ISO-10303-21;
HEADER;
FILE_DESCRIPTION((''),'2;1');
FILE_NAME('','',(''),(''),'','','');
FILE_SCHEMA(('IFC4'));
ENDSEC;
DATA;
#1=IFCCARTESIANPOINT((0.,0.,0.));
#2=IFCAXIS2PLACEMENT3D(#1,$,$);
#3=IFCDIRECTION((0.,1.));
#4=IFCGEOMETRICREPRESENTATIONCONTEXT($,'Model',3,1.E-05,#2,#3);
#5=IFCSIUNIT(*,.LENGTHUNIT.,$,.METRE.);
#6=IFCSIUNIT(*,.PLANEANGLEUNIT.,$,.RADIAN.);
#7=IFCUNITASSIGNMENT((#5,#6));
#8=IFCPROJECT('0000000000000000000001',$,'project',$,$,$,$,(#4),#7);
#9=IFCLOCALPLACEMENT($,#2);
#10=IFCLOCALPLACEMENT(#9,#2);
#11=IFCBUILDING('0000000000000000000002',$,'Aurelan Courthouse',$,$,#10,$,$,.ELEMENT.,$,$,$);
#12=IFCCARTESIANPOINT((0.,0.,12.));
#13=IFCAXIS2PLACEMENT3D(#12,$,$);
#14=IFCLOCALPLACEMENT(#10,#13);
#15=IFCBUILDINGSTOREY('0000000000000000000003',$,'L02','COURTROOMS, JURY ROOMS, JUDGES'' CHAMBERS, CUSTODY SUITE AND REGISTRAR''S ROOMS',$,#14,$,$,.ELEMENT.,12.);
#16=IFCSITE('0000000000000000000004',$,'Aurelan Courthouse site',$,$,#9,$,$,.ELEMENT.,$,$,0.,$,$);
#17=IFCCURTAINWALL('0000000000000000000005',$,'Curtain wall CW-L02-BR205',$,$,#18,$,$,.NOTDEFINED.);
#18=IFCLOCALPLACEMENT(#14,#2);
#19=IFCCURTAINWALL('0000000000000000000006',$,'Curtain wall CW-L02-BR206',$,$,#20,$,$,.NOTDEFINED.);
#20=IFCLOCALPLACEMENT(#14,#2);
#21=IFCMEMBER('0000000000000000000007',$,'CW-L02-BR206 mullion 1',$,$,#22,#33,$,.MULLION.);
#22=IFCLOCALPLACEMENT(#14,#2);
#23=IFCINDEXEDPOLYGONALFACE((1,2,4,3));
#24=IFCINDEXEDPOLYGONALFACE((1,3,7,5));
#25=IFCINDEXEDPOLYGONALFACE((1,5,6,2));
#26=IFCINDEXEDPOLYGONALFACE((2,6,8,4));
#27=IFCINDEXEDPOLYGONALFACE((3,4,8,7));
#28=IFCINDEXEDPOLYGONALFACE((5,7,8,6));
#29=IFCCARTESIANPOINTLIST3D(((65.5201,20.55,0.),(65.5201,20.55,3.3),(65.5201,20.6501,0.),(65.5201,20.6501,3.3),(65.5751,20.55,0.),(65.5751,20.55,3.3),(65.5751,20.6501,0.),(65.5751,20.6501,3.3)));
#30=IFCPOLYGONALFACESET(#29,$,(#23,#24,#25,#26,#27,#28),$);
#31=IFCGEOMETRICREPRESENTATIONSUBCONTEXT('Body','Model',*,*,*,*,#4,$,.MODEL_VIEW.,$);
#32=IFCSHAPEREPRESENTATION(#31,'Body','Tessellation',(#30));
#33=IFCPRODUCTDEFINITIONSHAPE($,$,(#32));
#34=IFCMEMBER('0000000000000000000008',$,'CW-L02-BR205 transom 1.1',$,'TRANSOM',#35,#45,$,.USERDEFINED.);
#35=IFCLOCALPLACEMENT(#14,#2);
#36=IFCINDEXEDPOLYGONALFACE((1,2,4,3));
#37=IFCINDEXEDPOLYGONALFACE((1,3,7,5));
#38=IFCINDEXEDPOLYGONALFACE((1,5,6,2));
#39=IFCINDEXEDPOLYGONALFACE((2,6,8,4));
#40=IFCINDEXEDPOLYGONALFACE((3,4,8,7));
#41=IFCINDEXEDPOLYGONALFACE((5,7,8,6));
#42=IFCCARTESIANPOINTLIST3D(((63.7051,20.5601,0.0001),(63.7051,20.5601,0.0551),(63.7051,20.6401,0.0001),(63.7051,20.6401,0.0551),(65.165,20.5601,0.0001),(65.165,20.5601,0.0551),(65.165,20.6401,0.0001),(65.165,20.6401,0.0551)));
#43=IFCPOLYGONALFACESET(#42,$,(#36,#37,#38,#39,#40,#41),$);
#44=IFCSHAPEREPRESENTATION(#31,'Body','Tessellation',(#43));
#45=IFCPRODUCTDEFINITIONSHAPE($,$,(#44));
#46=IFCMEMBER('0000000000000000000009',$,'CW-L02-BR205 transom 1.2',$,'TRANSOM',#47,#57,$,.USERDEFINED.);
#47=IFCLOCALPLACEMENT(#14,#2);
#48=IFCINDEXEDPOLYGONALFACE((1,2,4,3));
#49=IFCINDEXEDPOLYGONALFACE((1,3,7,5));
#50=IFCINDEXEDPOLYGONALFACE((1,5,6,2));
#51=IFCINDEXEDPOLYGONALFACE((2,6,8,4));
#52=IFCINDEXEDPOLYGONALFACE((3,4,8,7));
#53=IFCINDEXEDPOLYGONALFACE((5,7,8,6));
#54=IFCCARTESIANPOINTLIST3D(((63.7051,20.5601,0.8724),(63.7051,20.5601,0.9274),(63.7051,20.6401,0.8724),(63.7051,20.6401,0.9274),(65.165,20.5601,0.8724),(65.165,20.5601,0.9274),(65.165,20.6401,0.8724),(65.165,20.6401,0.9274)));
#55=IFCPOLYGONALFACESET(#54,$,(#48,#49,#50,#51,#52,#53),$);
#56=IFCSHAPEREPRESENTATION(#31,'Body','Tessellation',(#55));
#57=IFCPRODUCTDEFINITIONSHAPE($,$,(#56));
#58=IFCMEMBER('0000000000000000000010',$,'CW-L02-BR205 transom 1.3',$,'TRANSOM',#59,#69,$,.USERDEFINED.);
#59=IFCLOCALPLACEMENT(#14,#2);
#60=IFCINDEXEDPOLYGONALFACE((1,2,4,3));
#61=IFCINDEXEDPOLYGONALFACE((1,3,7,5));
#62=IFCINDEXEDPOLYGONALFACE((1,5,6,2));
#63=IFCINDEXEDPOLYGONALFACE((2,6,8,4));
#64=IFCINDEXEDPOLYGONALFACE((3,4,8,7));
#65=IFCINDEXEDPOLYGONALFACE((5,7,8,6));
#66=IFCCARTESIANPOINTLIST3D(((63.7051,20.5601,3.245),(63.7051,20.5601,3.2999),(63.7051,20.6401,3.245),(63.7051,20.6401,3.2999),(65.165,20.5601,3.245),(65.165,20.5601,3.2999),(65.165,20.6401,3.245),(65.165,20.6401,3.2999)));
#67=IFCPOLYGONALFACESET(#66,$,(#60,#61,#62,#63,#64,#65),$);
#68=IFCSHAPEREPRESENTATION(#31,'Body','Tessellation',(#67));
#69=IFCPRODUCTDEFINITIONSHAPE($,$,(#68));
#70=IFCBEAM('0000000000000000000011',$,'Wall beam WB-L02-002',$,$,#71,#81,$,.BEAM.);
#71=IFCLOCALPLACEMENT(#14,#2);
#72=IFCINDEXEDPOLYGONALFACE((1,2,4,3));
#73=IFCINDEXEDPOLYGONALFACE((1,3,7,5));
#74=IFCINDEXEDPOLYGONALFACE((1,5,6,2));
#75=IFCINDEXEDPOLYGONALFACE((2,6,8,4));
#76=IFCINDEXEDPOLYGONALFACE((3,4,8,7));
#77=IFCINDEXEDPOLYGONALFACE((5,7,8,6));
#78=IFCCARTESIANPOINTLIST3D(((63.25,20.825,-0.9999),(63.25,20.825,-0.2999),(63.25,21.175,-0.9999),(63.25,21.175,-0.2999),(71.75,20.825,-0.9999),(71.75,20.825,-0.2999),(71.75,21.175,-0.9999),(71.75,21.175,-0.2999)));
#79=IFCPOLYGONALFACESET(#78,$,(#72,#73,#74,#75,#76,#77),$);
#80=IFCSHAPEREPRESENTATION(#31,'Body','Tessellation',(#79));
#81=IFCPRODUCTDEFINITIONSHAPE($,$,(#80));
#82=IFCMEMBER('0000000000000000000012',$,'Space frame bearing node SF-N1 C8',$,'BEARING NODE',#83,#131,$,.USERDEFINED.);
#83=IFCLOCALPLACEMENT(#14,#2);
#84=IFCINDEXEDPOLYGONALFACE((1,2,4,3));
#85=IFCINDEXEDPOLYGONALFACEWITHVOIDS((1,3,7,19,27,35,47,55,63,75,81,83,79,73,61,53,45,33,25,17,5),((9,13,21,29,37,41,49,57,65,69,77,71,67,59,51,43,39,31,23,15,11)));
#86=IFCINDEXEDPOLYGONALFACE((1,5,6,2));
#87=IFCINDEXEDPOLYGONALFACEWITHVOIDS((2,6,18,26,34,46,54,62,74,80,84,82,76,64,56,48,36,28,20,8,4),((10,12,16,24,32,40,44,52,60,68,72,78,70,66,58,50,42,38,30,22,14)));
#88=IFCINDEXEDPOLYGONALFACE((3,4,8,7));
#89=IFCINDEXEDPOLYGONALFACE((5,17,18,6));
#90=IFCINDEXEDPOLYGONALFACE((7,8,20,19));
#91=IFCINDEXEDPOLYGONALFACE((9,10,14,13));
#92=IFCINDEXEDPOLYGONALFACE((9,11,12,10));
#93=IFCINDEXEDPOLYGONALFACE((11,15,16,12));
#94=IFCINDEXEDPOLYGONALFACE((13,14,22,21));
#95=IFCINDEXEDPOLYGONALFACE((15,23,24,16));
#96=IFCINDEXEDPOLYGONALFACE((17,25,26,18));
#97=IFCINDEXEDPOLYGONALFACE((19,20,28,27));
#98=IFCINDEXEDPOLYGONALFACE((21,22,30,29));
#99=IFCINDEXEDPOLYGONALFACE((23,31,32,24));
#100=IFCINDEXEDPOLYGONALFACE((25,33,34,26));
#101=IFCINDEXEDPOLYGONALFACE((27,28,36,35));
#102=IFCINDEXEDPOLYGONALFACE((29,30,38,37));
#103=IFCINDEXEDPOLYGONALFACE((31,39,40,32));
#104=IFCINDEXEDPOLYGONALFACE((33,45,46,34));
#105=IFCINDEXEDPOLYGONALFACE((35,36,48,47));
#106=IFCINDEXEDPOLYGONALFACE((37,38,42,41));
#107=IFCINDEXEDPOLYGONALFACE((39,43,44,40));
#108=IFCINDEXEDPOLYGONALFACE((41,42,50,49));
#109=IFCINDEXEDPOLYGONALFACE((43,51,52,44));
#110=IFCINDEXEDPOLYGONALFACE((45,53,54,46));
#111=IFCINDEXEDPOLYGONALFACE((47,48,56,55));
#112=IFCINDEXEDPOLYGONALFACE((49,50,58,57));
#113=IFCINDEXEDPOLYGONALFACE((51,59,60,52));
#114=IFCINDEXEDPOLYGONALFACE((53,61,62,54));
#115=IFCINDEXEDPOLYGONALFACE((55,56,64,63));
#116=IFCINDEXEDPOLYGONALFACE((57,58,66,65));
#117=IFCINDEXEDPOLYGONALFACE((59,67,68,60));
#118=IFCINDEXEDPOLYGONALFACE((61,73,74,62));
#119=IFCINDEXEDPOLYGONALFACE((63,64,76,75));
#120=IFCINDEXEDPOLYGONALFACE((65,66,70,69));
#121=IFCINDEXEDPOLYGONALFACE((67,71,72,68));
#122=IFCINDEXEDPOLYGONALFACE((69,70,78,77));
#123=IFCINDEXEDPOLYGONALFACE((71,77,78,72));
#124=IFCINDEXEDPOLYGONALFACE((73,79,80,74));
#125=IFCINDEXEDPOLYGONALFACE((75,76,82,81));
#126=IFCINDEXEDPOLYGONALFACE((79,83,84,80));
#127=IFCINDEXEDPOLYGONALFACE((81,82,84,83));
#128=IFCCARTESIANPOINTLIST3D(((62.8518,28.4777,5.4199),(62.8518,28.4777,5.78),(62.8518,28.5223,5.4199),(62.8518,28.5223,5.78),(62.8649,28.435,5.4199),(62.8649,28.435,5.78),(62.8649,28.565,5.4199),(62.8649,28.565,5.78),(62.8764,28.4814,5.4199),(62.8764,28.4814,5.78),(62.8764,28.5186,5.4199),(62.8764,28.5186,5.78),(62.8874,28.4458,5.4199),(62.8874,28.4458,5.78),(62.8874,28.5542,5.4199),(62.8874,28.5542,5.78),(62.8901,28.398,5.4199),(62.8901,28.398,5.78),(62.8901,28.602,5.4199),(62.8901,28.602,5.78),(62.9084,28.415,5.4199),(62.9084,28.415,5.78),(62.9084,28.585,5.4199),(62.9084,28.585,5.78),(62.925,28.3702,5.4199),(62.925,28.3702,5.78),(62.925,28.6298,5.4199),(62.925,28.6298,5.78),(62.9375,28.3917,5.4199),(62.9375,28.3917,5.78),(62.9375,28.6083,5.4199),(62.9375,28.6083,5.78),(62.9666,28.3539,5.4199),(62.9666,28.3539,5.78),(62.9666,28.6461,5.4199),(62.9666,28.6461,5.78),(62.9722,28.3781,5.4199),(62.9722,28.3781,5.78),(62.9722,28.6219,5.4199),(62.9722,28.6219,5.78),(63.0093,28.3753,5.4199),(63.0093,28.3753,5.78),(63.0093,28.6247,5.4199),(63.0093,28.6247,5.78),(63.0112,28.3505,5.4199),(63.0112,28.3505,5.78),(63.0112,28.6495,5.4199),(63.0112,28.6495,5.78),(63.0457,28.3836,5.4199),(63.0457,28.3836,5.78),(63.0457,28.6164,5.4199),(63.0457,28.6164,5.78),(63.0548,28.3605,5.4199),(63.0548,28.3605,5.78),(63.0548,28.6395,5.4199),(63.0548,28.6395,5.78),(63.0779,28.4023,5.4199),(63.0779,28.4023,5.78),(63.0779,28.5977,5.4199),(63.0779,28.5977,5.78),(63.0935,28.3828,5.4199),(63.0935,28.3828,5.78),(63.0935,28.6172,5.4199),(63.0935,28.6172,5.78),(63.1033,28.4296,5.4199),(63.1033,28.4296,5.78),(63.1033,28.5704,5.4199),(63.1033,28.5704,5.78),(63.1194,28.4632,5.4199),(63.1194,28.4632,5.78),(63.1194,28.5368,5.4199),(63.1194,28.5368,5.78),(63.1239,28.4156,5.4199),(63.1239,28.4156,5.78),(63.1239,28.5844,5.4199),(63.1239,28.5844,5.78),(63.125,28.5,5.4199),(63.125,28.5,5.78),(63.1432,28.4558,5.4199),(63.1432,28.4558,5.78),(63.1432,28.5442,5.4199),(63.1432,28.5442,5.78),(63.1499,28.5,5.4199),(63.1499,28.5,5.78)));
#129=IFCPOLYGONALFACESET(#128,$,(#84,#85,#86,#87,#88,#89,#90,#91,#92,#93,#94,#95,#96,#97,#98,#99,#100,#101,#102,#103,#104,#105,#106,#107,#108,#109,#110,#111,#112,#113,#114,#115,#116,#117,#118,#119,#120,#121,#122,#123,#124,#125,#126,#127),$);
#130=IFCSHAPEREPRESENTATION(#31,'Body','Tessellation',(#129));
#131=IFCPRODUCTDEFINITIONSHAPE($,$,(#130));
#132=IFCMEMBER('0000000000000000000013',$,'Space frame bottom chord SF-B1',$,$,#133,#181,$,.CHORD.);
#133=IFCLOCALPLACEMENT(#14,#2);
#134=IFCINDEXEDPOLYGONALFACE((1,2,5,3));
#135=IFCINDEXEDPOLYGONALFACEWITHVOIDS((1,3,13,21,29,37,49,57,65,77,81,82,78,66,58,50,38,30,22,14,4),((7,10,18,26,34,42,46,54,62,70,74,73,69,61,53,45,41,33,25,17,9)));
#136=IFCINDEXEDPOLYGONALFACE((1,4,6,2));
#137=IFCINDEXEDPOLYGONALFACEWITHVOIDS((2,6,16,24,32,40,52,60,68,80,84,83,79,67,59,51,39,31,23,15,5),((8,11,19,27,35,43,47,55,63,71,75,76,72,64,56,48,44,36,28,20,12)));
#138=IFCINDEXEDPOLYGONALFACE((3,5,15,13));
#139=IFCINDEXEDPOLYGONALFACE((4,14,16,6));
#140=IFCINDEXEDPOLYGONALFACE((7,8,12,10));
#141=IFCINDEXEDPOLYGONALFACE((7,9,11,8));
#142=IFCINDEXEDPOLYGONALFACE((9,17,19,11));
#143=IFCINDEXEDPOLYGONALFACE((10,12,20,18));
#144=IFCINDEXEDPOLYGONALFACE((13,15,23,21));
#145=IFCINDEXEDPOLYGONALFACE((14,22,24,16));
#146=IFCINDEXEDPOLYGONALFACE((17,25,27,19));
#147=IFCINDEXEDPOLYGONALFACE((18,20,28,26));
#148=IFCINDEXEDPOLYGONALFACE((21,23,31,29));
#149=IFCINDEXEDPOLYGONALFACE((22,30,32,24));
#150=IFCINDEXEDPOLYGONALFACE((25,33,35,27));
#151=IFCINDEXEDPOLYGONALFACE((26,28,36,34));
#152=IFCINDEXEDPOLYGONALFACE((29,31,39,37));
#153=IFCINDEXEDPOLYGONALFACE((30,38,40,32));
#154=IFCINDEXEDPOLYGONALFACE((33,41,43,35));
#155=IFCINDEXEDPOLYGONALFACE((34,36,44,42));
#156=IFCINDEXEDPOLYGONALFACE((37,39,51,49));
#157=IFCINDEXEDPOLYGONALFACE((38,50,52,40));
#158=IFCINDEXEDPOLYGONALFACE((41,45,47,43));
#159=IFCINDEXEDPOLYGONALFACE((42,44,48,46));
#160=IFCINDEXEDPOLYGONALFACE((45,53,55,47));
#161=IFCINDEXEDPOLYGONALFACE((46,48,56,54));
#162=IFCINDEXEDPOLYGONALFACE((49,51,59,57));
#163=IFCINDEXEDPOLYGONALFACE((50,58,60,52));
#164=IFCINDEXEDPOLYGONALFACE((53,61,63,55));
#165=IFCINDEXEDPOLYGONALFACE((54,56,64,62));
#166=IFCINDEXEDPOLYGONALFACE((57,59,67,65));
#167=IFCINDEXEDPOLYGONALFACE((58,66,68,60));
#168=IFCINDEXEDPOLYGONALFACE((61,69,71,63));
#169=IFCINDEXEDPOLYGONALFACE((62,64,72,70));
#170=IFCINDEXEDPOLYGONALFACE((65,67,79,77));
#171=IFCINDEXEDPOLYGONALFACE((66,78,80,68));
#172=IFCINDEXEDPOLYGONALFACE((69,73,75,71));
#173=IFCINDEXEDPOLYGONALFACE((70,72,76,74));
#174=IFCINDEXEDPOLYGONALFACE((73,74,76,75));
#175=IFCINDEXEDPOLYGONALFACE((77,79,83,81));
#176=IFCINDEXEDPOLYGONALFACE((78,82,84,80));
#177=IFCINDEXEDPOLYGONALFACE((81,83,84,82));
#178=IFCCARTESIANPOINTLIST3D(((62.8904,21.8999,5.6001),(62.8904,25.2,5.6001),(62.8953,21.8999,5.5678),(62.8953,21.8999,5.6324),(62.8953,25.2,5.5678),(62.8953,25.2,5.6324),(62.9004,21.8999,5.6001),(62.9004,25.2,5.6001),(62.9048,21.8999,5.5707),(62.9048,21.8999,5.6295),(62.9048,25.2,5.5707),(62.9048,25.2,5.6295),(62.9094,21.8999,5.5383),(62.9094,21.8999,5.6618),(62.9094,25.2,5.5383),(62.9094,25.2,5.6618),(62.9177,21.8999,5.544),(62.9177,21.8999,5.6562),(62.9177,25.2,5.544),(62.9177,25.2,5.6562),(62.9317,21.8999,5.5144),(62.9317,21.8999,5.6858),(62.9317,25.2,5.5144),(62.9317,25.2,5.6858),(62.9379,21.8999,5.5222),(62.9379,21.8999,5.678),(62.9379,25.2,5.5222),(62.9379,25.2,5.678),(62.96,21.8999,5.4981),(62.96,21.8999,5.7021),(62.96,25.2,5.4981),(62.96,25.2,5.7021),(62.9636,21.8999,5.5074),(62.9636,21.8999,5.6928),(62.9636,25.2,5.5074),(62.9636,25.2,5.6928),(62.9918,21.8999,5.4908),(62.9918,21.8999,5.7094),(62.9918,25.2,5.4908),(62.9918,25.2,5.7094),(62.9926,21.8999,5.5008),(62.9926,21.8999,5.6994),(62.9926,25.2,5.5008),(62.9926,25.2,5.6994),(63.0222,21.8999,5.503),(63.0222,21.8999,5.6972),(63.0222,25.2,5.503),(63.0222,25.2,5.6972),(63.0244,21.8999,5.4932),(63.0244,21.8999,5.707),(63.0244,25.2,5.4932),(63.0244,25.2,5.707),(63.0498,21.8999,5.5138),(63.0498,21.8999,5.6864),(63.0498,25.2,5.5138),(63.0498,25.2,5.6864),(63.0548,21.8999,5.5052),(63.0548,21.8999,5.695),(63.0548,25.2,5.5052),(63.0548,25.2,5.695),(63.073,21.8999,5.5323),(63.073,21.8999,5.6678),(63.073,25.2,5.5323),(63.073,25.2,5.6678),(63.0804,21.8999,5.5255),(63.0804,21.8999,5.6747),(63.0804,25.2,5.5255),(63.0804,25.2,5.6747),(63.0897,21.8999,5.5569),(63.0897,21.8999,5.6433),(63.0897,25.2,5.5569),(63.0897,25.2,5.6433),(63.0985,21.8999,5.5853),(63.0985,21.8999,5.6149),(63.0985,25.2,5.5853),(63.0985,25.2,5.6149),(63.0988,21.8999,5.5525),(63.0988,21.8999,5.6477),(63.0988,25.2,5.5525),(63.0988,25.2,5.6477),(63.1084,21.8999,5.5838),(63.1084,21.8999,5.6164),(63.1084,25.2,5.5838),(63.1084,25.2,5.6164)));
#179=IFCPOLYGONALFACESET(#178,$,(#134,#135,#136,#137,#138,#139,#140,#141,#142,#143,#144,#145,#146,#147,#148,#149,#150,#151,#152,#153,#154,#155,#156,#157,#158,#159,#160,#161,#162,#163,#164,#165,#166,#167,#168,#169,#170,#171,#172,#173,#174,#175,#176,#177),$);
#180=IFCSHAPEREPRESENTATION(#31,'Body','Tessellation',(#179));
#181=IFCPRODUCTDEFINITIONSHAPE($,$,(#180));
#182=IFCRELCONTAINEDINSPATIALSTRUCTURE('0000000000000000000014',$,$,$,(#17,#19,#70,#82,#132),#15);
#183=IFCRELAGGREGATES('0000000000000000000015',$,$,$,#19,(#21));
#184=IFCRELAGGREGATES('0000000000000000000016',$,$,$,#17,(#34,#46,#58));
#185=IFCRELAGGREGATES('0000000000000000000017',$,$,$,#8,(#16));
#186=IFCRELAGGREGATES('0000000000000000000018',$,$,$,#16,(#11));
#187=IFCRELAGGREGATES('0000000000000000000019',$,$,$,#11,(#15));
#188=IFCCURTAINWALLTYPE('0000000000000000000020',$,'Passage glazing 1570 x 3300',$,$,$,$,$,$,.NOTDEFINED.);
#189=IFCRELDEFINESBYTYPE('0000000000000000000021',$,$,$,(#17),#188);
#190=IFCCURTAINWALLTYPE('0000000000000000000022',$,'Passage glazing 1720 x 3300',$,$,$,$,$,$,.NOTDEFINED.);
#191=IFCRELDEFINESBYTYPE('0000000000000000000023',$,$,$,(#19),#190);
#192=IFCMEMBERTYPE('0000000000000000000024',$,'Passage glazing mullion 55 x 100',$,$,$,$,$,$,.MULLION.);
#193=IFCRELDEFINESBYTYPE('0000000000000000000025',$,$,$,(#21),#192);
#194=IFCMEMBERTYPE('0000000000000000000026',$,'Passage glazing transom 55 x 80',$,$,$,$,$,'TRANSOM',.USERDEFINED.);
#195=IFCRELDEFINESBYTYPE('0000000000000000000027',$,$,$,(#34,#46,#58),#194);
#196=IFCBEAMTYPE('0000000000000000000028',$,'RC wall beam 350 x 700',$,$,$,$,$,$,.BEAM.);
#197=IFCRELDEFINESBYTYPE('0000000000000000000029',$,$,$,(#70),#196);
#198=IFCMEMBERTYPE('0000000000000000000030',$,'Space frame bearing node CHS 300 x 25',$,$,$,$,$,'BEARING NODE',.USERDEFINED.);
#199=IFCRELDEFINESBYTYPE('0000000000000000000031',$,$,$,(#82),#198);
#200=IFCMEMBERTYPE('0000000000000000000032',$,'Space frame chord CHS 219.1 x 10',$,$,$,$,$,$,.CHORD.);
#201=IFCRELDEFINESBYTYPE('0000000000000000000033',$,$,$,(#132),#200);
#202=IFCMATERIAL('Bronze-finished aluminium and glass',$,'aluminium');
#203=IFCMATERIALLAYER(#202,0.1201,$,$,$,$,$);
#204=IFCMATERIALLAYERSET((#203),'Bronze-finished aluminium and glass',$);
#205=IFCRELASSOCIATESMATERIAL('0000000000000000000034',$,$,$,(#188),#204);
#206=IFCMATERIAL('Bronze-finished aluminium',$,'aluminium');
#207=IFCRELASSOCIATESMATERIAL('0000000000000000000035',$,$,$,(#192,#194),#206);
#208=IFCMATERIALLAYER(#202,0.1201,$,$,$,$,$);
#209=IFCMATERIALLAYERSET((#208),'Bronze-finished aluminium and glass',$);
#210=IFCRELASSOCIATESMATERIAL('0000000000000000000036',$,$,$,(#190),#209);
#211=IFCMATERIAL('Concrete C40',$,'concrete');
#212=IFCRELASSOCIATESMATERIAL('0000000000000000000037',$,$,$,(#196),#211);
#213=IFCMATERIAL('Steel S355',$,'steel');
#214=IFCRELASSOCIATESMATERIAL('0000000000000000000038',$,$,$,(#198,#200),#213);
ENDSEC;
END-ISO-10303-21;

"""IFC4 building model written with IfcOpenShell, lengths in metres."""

from ifc_helpers import new_model, si_unit, direction, frame, origin, origin_2d, place, context, subcontext, project, spatial, rectangle, hollow_circle, extrude, material, layer, layer_set, material_profile, profile_set, type_object, element, aggregate, save


model = new_model("IFC4")

# Units and contexts
model_context = context("Model", 3, precision=1e-05, world=origin(), true_north=direction((0.0, 1.0)))
body_context = subcontext(model_context, "Body", "Model", "MODEL_VIEW")
ifc_project = project(units=[si_unit("LENGTHUNIT", "METRE"), si_unit("PLANEANGLEUNIT", "RADIAN")], contexts=[model_context])

# Site, building, storey
site_placement = place(None, origin())
site = spatial("IfcSite", under=ifc_project, at=site_placement, Name="Aurelan Courthouse site", CompositionType="ELEMENT", RefElevation=0.0)
building_placement = place(site_placement, origin())
building = spatial("IfcBuilding", under=site, at=building_placement, Name="Aurelan Courthouse", CompositionType="ELEMENT")
storey_placement = place(building_placement, frame((0.0, 0.0, 12.0)))
storey = spatial("IfcBuildingStorey", under=building, at=storey_placement, Name="L02", Description="COURTROOMS, JURY ROOMS, JUDGES' CHAMBERS, CUSTODY SUITE AND REGISTRAR'S ROOMS", CompositionType="ELEMENT", Elevation=12.0)

# Shared definitions
ifc_material_1 = material(Name="Steel S355", Category="steel")

# Curtain wall
ifc_material_2 = material(Name="Bronze-finished aluminium and glass", Category="aluminium")
ifc_layer_1 = layer(ifc_material_2, 0.1201)
ifc_layer_set_1 = layer_set([ifc_layer_1], Name="Bronze-finished aluminium and glass")
curtain_wall_type_1 = type_object("IfcCurtainWallType", Name="Passage glazing 1570 x 3300", PredefinedType="NOTDEFINED", material=ifc_layer_set_1)
curtain_wall_1_placement = place(storey_placement, origin())
curtain_wall_1 = element("IfcCurtainWall", 1, at=curtain_wall_1_placement, inside=storey, type_object=curtain_wall_type_1, Name="Curtain wall CW-L02-BR205", PredefinedType="NOTDEFINED")
ifc_material_3 = material(Name="Bronze-finished aluminium", Category="aluminium")
ifc_material_profile_1 = material_profile(ifc_material_3, rectangle(XDim=0.1001, YDim=0.0549, at=origin_2d()), Name="Passage glazing mullion 55 x 100")
ifc_profile_set_1 = profile_set([ifc_material_profile_1], Name="Bronze-finished aluminium")
member_type_1 = type_object("IfcMemberType", Name="Passage glazing mullion 55 x 100", PredefinedType="MULLION", material=ifc_profile_set_1)

# Curtain wall, member
ifc_layer_2 = layer(ifc_material_2, 0.1201)
ifc_layer_set_2 = layer_set([ifc_layer_2], Name="Bronze-finished aluminium and glass")
curtain_wall_type_2 = type_object("IfcCurtainWallType", Name="Passage glazing 1720 x 3300", PredefinedType="NOTDEFINED", material=ifc_layer_set_2)
curtain_wall_2_placement = place(storey_placement, origin())
curtain_wall_2 = element("IfcCurtainWall", 2, at=curtain_wall_2_placement, inside=storey, type_object=curtain_wall_type_2, Name="Curtain wall CW-L02-BR206", PredefinedType="NOTDEFINED")
member_1_placement = place(storey_placement, frame((65.5476, 20.6001, 0.0), z_axis=(0.0, 0.0, 1.0), x_axis=(0.0, 1.0, 0.0)))
member_1 = element("IfcMember", 3, at=member_1_placement, type_object=member_type_1, Name="CW-L02-BR206 mullion 1", PredefinedType="MULLION", context=body_context, shape_type="SweptSolid", body=[
    extrude(rectangle(XDim=0.1001, YDim=0.0549, at=origin_2d()), origin(), (0.0, 0.0, 1.0), 3.3),
])
aggregate(curtain_wall_2, [member_1])

# Members
ifc_material_profile_2 = material_profile(ifc_material_3, rectangle(XDim=0.0801, YDim=0.0549, at=origin_2d()), Name="Passage glazing transom 55 x 80")
ifc_profile_set_2 = profile_set([ifc_material_profile_2], Name="Bronze-finished aluminium")
member_type_2 = type_object("IfcMemberType", Name="Passage glazing transom 55 x 80", ElementType="TRANSOM", PredefinedType="USERDEFINED", material=ifc_profile_set_2)
member_2_placement = place(storey_placement, frame((63.7051, 20.6001, 0.0276), z_axis=(1.0, 0.0, 0.0), x_axis=(0.0, 1.0, 0.0)))
member_2 = element("IfcMember", 4, at=member_2_placement, type_object=member_type_2, Name="CW-L02-BR205 transom 1.1", ObjectType="TRANSOM", PredefinedType="USERDEFINED", context=body_context, shape_type="SweptSolid", body=[
    extrude(rectangle(XDim=0.0801, YDim=0.0549, at=origin_2d()), origin(), (0.0, 0.0, 1.0), 1.46),
])
member_3_placement = place(storey_placement, frame((63.7051, 20.6001, 0.8999), z_axis=(1.0, 0.0, 0.0), x_axis=(0.0, 1.0, 0.0)))
member_3 = element("IfcMember", 5, at=member_3_placement, type_object=member_type_2, Name="CW-L02-BR205 transom 1.2", ObjectType="TRANSOM", PredefinedType="USERDEFINED", context=body_context, shape_type="SweptSolid", body=[
    extrude(rectangle(XDim=0.0801, YDim=0.0549, at=origin_2d()), origin(), (0.0, 0.0, 1.0), 1.46),
])
member_4_placement = place(storey_placement, frame((63.7051, 20.6001, 3.2725), z_axis=(1.0, 0.0, 0.0), x_axis=(0.0, 1.0, 0.0)))
member_4 = element("IfcMember", 6, at=member_4_placement, type_object=member_type_2, Name="CW-L02-BR205 transom 1.3", ObjectType="TRANSOM", PredefinedType="USERDEFINED", context=body_context, shape_type="SweptSolid", body=[
    extrude(rectangle(XDim=0.0801, YDim=0.0549, at=origin_2d()), origin(), (0.0, 0.0, 1.0), 1.46),
])

# Beam
ifc_material_4 = material(Name="Concrete C40", Category="concrete")
ifc_material_profile_3 = material_profile(ifc_material_4, rectangle(XDim=0.3501, YDim=0.7, at=origin_2d()), Name="RC 350 x 700")
ifc_profile_set_3 = profile_set([ifc_material_profile_3], Name="Concrete C40")
beam_type_1 = type_object("IfcBeamType", Name="RC wall beam 350 x 700", PredefinedType="BEAM", material=ifc_profile_set_3)
beam_1_placement = place(storey_placement, frame((63.25, 21.0, -0.6499), z_axis=(1.0, 0.0, 0.0), x_axis=(0.0, 1.0, 0.0)))
element("IfcBeam", 7, at=beam_1_placement, inside=storey, type_object=beam_type_1, Name="Wall beam WB-L02-002", PredefinedType="BEAM", context=body_context, shape_type="SweptSolid", body=[
    extrude(rectangle(XDim=0.3501, YDim=0.7, at=origin_2d()), origin(), (0.0, 0.0, 1.0), 8.5),
])

# Members
ifc_material_profile_4 = material_profile(ifc_material_1, hollow_circle(Radius=0.1499, WallThickness=0.0249, at=origin_2d()), Name="CHS 300 x 25")
ifc_profile_set_4 = profile_set([ifc_material_profile_4], Name="Steel S355")
member_type_3 = type_object("IfcMemberType", Name="Space frame bearing node CHS 300 x 25", ElementType="BEARING NODE", PredefinedType="USERDEFINED", material=ifc_profile_set_4)
member_5_placement = place(storey_placement, frame((63.0, 28.5, 5.4199), z_axis=(0.0, 0.0, 1.0), x_axis=(1.0, 0.0, 0.0)))
element("IfcMember", 8, at=member_5_placement, inside=storey, type_object=member_type_3, Name="Space frame bearing node SF-N1 C8", ObjectType="BEARING NODE", PredefinedType="USERDEFINED", context=body_context, shape_type="SweptSolid", body=[
    extrude(hollow_circle(Radius=0.1499, WallThickness=0.0249, at=origin_2d()), origin(), (0.0, 0.0, 1.0), 0.3601),
])
ifc_material_profile_5 = material_profile(ifc_material_1, hollow_circle(Radius=0.1096, WallThickness=0.01, at=origin_2d()), Name="CHS 219.1 x 10")
ifc_profile_set_5 = profile_set([ifc_material_profile_5], Name="Steel S355")
member_type_4 = type_object("IfcMemberType", Name="Space frame chord CHS 219.1 x 10", PredefinedType="CHORD", material=ifc_profile_set_5)
for number, where, z_axis, x_axis, name in (
    (9, (63.0, 21.8999, 5.6001), (0.0, 1.0, 0.0), (-1.0, 0.0, 0.0), "Space frame bottom chord SF-B1"),
):
    element("IfcMember", number, at=place(storey_placement, frame(where, z_axis=z_axis, x_axis=x_axis)), inside=storey, type_object=member_type_4, Name=name, PredefinedType="CHORD", context=body_context, shape_type="SweptSolid", body=[
        extrude(hollow_circle(Radius=0.1096, WallThickness=0.01, at=origin_2d()), origin(), (0.0, 0.0, 1.0), 3.3),
    ])

aggregate(curtain_wall_1, [member_2, member_3, member_4])

save(model, "model.ifc")
